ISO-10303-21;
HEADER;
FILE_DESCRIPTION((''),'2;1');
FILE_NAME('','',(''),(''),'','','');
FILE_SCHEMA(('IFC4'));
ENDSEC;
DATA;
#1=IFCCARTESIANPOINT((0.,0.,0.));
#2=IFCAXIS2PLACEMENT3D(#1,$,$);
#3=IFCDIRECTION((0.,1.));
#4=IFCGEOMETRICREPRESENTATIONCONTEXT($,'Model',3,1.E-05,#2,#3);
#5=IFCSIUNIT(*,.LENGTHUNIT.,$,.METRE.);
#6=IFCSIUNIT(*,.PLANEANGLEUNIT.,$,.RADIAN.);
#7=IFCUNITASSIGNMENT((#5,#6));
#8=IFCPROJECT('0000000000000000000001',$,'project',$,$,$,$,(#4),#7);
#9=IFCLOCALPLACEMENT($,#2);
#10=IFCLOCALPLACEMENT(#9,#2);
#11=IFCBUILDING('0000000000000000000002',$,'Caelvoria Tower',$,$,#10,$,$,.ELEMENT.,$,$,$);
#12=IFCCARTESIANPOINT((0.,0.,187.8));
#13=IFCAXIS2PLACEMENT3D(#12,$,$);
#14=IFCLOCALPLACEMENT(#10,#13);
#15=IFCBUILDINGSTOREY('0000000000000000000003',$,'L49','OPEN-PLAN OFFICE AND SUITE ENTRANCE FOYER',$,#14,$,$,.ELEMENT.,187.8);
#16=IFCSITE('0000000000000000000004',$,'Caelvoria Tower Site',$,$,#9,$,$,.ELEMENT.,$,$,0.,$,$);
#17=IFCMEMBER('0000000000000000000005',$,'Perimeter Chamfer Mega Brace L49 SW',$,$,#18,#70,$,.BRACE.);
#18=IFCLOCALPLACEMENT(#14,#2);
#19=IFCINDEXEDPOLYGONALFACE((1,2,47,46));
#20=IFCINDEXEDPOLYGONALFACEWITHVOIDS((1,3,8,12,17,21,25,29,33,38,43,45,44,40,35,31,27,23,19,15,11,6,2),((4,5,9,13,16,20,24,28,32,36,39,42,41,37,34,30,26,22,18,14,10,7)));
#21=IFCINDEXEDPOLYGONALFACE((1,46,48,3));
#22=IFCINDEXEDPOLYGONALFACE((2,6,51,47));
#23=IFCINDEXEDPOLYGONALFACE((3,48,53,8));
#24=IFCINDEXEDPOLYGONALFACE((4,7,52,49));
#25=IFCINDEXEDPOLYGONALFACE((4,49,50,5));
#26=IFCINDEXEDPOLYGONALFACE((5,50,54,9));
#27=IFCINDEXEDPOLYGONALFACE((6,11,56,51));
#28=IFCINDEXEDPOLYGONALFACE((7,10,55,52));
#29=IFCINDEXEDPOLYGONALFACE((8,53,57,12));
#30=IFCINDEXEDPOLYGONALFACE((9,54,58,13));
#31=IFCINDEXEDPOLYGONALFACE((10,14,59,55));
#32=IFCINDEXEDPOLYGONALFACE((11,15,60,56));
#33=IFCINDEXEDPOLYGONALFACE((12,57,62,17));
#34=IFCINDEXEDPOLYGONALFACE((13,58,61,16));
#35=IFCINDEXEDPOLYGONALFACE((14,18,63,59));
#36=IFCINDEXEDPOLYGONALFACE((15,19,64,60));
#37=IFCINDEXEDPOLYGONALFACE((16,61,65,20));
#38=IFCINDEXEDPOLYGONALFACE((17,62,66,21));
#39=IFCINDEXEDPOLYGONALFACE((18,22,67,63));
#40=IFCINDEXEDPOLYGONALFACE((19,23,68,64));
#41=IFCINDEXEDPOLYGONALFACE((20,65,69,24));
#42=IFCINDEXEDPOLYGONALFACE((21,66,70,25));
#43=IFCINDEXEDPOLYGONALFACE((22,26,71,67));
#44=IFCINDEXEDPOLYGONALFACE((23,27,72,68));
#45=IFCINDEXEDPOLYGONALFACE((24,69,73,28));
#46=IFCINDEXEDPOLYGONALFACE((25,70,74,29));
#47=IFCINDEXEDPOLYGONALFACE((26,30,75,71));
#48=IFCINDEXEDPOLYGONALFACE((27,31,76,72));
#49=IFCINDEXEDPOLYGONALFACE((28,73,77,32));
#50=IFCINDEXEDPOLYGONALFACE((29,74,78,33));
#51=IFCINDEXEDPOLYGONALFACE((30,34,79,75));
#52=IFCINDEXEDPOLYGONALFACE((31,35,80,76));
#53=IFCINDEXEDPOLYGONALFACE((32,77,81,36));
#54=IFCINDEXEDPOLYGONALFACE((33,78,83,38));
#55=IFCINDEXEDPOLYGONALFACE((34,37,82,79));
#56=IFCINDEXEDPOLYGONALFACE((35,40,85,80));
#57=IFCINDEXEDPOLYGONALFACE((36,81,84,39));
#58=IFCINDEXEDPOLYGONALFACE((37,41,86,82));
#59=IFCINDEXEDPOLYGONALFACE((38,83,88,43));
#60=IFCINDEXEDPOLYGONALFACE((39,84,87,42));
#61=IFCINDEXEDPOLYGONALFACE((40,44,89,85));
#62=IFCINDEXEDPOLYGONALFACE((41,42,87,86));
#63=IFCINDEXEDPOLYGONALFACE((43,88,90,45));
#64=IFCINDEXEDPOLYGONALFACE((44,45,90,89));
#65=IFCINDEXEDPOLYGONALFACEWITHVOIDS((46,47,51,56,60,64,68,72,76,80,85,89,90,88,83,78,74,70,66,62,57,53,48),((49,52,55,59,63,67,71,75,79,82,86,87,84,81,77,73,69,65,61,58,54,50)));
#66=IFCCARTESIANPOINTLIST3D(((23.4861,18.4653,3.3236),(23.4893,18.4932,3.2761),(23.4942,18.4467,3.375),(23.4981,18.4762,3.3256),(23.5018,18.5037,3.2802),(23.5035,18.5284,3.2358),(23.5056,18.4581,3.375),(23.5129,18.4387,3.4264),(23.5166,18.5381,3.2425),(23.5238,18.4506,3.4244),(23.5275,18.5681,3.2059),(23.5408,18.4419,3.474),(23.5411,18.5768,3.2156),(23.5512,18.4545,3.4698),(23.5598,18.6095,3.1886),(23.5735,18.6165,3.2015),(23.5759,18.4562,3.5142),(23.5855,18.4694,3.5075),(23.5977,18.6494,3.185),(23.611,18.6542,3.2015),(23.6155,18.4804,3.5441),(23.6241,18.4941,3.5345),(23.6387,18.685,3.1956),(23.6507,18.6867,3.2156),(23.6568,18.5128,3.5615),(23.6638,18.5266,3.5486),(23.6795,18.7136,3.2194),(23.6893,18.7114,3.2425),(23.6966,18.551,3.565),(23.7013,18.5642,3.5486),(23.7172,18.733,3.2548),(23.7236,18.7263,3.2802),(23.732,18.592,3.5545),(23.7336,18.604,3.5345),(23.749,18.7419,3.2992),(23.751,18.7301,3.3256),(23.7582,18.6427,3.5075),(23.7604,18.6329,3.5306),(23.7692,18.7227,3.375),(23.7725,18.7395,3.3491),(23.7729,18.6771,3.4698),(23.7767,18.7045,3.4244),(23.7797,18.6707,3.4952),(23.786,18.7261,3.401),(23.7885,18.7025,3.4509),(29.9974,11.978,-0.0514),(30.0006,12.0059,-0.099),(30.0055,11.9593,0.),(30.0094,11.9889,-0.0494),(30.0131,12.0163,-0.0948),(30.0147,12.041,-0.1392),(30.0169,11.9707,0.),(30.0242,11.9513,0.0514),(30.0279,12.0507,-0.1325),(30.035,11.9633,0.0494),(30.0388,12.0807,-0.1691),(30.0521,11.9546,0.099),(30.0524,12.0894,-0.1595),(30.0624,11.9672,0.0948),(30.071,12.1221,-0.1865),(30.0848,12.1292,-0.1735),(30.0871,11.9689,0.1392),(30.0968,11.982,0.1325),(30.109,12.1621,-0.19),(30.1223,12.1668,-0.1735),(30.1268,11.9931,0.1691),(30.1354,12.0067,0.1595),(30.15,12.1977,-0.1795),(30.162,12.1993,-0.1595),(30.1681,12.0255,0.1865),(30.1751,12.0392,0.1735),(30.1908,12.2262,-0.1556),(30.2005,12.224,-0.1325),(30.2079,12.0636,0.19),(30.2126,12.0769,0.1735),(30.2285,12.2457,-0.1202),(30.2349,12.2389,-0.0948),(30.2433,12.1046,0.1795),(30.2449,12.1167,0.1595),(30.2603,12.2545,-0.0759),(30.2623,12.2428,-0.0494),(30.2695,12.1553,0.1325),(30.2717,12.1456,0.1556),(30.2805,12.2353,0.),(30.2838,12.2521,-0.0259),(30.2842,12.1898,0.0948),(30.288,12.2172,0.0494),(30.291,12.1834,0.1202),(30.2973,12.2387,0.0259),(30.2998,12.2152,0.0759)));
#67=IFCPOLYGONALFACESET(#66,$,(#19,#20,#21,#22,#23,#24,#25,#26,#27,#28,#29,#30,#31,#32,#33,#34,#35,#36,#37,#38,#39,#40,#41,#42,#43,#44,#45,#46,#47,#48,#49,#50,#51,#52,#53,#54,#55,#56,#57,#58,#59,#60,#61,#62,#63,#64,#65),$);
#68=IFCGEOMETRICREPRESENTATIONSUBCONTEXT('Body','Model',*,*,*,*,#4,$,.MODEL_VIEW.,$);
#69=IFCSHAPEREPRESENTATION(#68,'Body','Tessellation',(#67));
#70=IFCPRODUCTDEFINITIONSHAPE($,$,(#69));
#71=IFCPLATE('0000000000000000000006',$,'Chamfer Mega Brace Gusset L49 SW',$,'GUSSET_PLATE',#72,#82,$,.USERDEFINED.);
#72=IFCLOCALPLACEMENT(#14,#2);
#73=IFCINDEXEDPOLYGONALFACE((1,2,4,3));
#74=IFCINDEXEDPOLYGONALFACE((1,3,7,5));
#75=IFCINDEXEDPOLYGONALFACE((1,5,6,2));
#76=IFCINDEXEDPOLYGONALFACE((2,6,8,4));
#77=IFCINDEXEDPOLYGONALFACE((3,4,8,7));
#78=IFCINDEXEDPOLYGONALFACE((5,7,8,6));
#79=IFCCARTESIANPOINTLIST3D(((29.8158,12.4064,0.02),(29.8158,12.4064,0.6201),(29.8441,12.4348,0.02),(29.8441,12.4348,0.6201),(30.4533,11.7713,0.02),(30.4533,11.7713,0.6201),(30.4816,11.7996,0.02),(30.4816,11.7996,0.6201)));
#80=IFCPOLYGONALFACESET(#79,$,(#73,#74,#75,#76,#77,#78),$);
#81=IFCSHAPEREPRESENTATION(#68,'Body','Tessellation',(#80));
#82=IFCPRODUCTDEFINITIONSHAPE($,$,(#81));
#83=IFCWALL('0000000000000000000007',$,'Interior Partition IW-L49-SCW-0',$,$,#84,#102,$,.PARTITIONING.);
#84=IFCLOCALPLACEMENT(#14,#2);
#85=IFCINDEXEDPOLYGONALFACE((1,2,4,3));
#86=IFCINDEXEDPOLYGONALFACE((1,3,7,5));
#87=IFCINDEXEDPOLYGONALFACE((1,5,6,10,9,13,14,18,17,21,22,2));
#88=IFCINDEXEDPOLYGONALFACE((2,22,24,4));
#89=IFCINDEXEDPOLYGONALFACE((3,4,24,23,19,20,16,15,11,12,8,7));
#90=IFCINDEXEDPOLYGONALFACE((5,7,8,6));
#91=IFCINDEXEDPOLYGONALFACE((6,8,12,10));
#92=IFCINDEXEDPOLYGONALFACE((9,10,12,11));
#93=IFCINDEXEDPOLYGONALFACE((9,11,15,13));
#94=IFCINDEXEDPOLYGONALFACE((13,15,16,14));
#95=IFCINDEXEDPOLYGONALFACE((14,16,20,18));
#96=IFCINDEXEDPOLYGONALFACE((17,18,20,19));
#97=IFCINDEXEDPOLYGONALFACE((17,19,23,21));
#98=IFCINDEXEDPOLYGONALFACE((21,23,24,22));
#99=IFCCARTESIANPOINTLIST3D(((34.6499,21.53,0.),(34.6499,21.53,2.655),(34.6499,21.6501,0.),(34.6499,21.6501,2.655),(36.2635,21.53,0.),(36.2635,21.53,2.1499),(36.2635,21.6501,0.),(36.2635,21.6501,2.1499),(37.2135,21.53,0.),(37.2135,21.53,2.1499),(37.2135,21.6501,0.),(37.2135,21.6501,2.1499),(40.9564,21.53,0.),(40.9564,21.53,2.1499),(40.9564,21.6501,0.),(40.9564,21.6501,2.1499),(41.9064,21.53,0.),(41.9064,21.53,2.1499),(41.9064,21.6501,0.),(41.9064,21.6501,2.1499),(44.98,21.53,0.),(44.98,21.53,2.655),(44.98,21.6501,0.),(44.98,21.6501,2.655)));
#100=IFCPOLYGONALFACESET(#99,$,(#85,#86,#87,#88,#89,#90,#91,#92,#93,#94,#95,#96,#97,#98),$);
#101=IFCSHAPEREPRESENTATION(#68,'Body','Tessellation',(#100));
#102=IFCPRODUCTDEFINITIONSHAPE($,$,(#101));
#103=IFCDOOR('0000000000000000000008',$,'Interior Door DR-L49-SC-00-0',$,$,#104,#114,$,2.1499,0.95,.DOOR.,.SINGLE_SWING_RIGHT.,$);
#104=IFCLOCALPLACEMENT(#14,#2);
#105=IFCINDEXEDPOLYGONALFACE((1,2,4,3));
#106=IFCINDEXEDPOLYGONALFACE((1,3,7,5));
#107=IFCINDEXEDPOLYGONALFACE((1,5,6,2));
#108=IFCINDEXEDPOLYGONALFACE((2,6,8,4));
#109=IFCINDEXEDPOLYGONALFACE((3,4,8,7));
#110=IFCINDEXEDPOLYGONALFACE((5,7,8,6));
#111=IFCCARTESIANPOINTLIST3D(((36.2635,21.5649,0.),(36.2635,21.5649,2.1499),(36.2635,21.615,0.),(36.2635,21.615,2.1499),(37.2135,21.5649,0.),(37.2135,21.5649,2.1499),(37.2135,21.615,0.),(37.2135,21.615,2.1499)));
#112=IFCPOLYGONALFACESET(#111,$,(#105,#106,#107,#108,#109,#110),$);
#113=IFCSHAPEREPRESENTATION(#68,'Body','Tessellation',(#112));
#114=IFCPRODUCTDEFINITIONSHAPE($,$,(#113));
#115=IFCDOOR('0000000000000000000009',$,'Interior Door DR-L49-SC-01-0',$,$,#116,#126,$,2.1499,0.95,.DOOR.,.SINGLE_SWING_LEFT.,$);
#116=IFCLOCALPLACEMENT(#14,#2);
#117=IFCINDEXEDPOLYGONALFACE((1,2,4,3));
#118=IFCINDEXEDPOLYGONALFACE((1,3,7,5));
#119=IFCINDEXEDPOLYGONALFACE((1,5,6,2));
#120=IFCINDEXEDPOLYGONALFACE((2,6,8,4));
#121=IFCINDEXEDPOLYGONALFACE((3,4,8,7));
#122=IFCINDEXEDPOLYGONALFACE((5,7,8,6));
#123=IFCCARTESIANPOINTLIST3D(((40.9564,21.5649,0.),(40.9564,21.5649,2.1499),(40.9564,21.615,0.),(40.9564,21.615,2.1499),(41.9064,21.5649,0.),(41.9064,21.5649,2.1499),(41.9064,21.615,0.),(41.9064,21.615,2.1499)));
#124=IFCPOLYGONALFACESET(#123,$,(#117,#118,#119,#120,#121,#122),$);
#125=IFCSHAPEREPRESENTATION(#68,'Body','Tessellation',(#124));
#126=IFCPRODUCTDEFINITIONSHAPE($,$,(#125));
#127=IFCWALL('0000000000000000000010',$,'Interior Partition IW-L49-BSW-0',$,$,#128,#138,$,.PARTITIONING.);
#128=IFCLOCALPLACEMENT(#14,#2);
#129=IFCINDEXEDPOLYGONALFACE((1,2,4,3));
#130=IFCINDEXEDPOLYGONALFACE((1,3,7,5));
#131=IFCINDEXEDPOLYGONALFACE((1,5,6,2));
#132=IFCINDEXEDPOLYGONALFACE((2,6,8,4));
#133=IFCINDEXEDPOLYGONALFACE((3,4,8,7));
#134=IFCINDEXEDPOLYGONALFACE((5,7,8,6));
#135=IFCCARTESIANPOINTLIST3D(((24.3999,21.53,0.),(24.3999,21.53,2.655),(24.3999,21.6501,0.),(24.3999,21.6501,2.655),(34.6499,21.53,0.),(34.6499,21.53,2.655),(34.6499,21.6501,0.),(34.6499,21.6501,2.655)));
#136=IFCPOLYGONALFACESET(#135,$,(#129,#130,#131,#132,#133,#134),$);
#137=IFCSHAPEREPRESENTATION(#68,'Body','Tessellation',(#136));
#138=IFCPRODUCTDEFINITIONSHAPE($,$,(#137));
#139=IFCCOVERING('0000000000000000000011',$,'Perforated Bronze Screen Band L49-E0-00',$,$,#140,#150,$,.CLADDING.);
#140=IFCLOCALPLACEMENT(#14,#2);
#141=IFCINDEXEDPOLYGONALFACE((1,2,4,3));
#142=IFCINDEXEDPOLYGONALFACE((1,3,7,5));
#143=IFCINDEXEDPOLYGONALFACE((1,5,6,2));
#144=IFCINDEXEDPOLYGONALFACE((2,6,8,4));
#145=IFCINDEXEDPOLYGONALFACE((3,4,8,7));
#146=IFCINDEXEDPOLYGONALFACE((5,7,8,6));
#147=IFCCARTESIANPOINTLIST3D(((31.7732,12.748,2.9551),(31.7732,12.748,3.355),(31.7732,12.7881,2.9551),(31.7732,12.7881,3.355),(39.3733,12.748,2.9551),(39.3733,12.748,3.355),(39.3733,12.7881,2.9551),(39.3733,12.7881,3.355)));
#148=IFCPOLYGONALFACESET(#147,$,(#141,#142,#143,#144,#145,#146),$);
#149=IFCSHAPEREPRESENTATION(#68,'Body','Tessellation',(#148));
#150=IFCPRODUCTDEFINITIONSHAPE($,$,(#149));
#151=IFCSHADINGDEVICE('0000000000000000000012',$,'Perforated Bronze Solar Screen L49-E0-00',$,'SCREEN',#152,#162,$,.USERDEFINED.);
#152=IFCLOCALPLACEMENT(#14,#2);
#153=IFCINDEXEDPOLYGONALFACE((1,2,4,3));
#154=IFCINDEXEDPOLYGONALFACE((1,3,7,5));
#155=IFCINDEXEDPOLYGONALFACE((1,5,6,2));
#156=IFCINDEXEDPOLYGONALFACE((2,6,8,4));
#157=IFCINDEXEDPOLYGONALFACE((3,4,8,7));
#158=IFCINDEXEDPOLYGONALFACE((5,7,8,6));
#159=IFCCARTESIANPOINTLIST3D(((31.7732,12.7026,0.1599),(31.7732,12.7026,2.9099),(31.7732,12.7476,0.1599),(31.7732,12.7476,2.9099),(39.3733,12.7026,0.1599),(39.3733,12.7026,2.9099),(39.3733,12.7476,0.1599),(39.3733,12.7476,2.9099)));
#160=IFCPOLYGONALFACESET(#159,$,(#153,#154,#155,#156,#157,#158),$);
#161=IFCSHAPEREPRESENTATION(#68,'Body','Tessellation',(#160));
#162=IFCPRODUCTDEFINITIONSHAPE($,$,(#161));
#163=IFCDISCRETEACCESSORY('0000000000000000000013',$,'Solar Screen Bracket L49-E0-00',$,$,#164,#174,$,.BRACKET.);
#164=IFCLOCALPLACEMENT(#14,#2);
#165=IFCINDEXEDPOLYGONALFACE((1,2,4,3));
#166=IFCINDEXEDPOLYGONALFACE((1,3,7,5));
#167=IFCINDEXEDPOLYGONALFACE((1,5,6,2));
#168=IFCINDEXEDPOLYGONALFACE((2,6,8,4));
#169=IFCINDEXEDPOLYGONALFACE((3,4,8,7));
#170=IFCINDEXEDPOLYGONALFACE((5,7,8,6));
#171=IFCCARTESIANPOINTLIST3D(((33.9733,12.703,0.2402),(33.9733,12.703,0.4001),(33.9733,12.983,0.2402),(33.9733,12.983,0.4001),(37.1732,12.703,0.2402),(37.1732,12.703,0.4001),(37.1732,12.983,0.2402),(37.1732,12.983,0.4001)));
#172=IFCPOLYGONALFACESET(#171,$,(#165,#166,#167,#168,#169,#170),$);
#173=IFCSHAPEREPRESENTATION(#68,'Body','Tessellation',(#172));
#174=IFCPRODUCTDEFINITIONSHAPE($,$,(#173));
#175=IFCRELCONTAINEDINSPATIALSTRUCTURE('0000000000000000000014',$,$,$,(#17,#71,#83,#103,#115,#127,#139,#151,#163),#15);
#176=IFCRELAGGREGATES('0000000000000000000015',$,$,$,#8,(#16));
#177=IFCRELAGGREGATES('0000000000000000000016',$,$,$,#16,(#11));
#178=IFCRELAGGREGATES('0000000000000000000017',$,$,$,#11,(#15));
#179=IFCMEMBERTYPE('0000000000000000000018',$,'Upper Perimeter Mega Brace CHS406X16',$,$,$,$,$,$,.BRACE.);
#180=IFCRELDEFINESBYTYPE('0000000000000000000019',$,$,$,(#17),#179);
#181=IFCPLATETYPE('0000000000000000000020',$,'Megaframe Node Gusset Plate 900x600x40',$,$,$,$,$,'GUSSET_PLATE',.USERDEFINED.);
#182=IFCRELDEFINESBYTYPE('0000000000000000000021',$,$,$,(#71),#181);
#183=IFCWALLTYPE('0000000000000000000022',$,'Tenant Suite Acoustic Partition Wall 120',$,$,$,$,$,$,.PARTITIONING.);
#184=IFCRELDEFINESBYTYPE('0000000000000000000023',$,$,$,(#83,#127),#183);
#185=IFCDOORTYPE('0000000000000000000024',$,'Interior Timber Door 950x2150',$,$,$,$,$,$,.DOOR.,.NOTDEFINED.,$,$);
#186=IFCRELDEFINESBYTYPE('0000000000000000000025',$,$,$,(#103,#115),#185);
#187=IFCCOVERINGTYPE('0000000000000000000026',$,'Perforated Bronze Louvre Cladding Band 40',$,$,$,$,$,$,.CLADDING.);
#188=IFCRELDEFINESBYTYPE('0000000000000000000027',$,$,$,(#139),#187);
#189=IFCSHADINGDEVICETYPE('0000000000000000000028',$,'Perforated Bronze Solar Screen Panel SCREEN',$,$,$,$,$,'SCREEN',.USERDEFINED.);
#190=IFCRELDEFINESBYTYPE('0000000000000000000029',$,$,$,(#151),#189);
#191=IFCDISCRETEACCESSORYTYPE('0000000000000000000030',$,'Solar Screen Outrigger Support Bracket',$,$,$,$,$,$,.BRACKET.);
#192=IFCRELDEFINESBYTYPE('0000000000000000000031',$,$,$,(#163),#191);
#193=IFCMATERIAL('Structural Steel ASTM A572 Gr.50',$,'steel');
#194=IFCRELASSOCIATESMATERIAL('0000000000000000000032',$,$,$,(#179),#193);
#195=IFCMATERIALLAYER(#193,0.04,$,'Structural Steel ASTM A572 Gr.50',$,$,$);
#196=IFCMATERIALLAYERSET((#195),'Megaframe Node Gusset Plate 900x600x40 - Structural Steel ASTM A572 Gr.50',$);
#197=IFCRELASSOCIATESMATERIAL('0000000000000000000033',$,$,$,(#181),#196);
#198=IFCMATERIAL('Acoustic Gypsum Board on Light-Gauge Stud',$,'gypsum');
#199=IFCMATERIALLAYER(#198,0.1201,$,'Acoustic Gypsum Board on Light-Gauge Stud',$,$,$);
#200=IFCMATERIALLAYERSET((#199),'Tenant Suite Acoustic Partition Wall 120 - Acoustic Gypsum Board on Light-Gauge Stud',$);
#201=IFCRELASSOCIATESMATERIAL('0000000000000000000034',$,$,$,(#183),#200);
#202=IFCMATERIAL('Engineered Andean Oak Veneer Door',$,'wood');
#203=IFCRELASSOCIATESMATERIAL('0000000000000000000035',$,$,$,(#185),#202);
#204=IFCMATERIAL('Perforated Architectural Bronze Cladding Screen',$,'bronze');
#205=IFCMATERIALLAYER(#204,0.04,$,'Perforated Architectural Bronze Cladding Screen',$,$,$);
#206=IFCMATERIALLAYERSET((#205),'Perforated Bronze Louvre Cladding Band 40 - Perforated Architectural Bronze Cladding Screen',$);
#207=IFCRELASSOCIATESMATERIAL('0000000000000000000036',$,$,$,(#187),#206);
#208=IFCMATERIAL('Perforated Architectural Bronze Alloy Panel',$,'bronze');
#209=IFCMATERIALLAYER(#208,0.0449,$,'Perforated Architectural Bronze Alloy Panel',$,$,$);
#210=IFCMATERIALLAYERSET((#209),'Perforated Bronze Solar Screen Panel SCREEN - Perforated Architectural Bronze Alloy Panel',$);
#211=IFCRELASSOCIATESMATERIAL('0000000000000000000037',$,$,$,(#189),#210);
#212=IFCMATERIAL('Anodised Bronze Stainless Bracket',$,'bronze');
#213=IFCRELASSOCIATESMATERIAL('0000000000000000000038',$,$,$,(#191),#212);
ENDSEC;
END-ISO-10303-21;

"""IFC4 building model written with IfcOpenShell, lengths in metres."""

from ifc_helpers import new_model, si_unit, direction, frame, frame_2d, origin, origin_2d, place, context, subcontext, project, spatial, rectangle, hollow_circle, extrude, material, layer, layer_set, material_profile, profile_set, type_object, element, fill, save


model = new_model("IFC4")

# Units and contexts
model_context = context("Model", 3, precision=1e-05, world=origin(), true_north=direction((0.0, 1.0)))
body_context = subcontext(model_context, "Body", "Model", "MODEL_VIEW")
ifc_project = project(units=[si_unit("LENGTHUNIT", "METRE"), si_unit("PLANEANGLEUNIT", "RADIAN")], contexts=[model_context])

# Site, building, storey
site_placement = place(None, origin())
site = spatial("IfcSite", under=ifc_project, at=site_placement, Name="Caelvoria Tower Site", CompositionType="ELEMENT", RefElevation=0.0)
building_placement = place(site_placement, origin())
building = spatial("IfcBuilding", under=site, at=building_placement, Name="Caelvoria Tower", CompositionType="ELEMENT")
storey_placement = place(building_placement, frame((0.0, 0.0, 187.8)))
storey = spatial("IfcBuildingStorey", under=building, at=storey_placement, Name="L49", Description="OPEN-PLAN OFFICE AND SUITE ENTRANCE FOYER", CompositionType="ELEMENT", Elevation=187.8)

# Member
ifc_material_1 = material(Name="Structural Steel ASTM A572 Gr.50", Category="steel")
ifc_material_profile_1 = material_profile(ifc_material_1, hollow_circle(Radius=0.2029, WallThickness=0.0161, at=origin_2d()), Name="Structural Steel ASTM A572 Gr.50")
ifc_profile_set_1 = profile_set([ifc_material_profile_1], Name="CHS406X16 - Structural Steel ASTM A572 Gr.50")
member_type = type_object("IfcMemberType", Name="Upper Perimeter Mega Brace CHS406X16", PredefinedType="BRACE", material=ifc_profile_set_1)
member_placement = place(storey_placement, frame((30.1487, 12.103, 0.0), z_axis=(-0.664994, 0.66255, 0.34469), x_axis=(-0.705804, -0.708407, 0.0)))
element("IfcMember", 1, at=member_placement, inside=storey, type_object=member_type, Name="Perimeter Chamfer Mega Brace L49 SW", PredefinedType="BRACE", context=body_context, shape_type="SweptSolid", body=[
    extrude(hollow_circle(Radius=0.2029, WallThickness=0.0161, at=origin_2d()), origin(), (0.0, 0.0, 1.0), 9.7915),
])

# Plate
ifc_layer_1 = layer(ifc_material_1, 0.04, Name="Structural Steel ASTM A572 Gr.50")
ifc_layer_set_1 = layer_set([ifc_layer_1], Name="Megaframe Node Gusset Plate 900x600x40 - Structural Steel ASTM A572 Gr.50")
plate_type = type_object("IfcPlateType", Name="Megaframe Node Gusset Plate 900x600x40", ElementType="GUSSET_PLATE", PredefinedType="USERDEFINED", material=ifc_layer_set_1)
plate_placement = place(storey_placement, frame((30.1487, 12.103, 0.02), z_axis=(0.0, 0.0, 1.0), x_axis=(-0.708405, 0.705806, 0.0)))
element("IfcPlate", 2, at=plate_placement, inside=storey, type_object=plate_type, Name="Chamfer Mega Brace Gusset L49 SW", ObjectType="GUSSET_PLATE", PredefinedType="USERDEFINED", context=body_context, shape_type="SweptSolid", body=[
    extrude(rectangle(XDim=0.8999, YDim=0.04, at=origin_2d()), origin(), (0.0, 0.0, 1.0), 0.6001),
])

# Wall, openings, doors
ifc_material_2 = material(Name="Acoustic Gypsum Board on Light-Gauge Stud", Category="gypsum")
ifc_layer_2 = layer(ifc_material_2, 0.1201, Name="Acoustic Gypsum Board on Light-Gauge Stud")
ifc_layer_set_2 = layer_set([ifc_layer_2], Name="Tenant Suite Acoustic Partition Wall 120 - Acoustic Gypsum Board on Light-Gauge Stud")
wall_type = type_object("IfcWallType", Name="Tenant Suite Acoustic Partition Wall 120", PredefinedType="PARTITIONING", material=ifc_layer_set_2)
wall_1_placement = place(storey_placement, frame((34.6499, 21.5901, 0.0), z_axis=(0.0, 0.0, 1.0), x_axis=(1.0, 0.0, 0.0)))
wall_1 = element("IfcWall", 3, at=wall_1_placement, inside=storey, type_object=wall_type, Name="Interior Partition IW-L49-SCW-0", PredefinedType="PARTITIONING", context=body_context, shape_type="SweptSolid", body=[
    extrude(rectangle(XDim=10.3301, YDim=0.1201, at=frame_2d((5.165, 0.0))), origin(), (0.0, 0.0, 1.0), 2.655),
])
opening_1_placement = place(wall_1_placement, frame((1.6135, 0.0, 0.0)))
opening_1 = element("IfcOpeningElement", 4, at=opening_1_placement, cuts=wall_1, PredefinedType="OPENING", context=body_context, shape_type="SweptSolid", body=[
    extrude(rectangle(XDim=0.95, YDim=2.1499, at=frame_2d((0.4751, 1.075))), frame((0.0, 0.0701, 0.0), z_axis=(0.0, -1.0, 0.0), x_axis=(1.0, 0.0, 0.0)), (0.0, 0.0, 1.0), 0.1401),
])
opening_2_placement = place(wall_1_placement, frame((6.3064, 0.0, 0.0)))
opening_2 = element("IfcOpeningElement", 5, at=opening_2_placement, cuts=wall_1, PredefinedType="OPENING", context=body_context, shape_type="SweptSolid", body=[
    extrude(rectangle(XDim=0.95, YDim=2.1499, at=frame_2d((0.4751, 1.075))), frame((0.0, 0.0701, 0.0), z_axis=(0.0, -1.0, 0.0), x_axis=(1.0, 0.0, 0.0)), (0.0, 0.0, 1.0), 0.1401),
])
ifc_material_3 = material(Name="Engineered Andean Oak Veneer Door", Category="wood")
door_type = type_object("IfcDoorType", Name="Interior Timber Door 950x2150", OperationType="NOTDEFINED", PredefinedType="DOOR", material=ifc_material_3)
door_1_placement = place(opening_1_placement, origin())
door_1 = element("IfcDoor", 6, at=door_1_placement, inside=storey, type_object=door_type, Name="Interior Door DR-L49-SC-00-0", OperationType="SINGLE_SWING_RIGHT", OverallHeight=2.1499, OverallWidth=0.95, PredefinedType="DOOR", context=body_context, shape_type="SweptSolid", body=[
    extrude(rectangle(XDim=0.95, YDim=2.1499, at=frame_2d((0.4751, 1.075))), frame((0.0, 0.0249, 0.0), z_axis=(0.0, -1.0, 0.0), x_axis=(1.0, 0.0, 0.0)), (0.0, 0.0, 1.0), 0.05),
])
fill(opening_1, door_1)
door_2_placement = place(opening_2_placement, origin())
door_2 = element("IfcDoor", 7, at=door_2_placement, inside=storey, type_object=door_type, Name="Interior Door DR-L49-SC-01-0", OperationType="SINGLE_SWING_LEFT", OverallHeight=2.1499, OverallWidth=0.95, PredefinedType="DOOR", context=body_context, shape_type="SweptSolid", body=[
    extrude(rectangle(XDim=0.95, YDim=2.1499, at=frame_2d((0.4751, 1.075))), frame((0.0, 0.0249, 0.0), z_axis=(0.0, -1.0, 0.0), x_axis=(1.0, 0.0, 0.0)), (0.0, 0.0, 1.0), 0.05),
])
fill(opening_2, door_2)

# Wall
wall_2_placement = place(storey_placement, frame((34.6499, 21.5901, 0.0), z_axis=(0.0, 0.0, 1.0), x_axis=(-1.0, 0.0, 0.0)))
element("IfcWall", 8, at=wall_2_placement, inside=storey, type_object=wall_type, Name="Interior Partition IW-L49-BSW-0", PredefinedType="PARTITIONING", context=body_context, shape_type="SweptSolid", body=[
    extrude(rectangle(XDim=10.25, YDim=0.1201, at=frame_2d((5.125, 0.0))), origin(), (0.0, 0.0, 1.0), 2.655),
])

# Covering
ifc_material_4 = material(Name="Perforated Architectural Bronze Cladding Screen", Category="bronze")
ifc_layer_3 = layer(ifc_material_4, 0.04, Name="Perforated Architectural Bronze Cladding Screen")
ifc_layer_set_3 = layer_set([ifc_layer_3], Name="Perforated Bronze Louvre Cladding Band 40 - Perforated Architectural Bronze Cladding Screen")
covering_type = type_object("IfcCoveringType", Name="Perforated Bronze Louvre Cladding Band 40", PredefinedType="CLADDING", material=ifc_layer_set_3)
covering_placement = place(storey_placement, frame((35.5732, 12.7681, 2.9551), z_axis=(0.0, 0.0, 1.0), x_axis=(1.0, 0.0, 0.0)))
element("IfcCovering", 9, at=covering_placement, inside=storey, type_object=covering_type, Name="Perforated Bronze Screen Band L49-E0-00", PredefinedType="CLADDING", context=body_context, shape_type="SweptSolid", body=[
    extrude(rectangle(XDim=7.6001, YDim=0.04, at=origin_2d()), origin(), (0.0, 0.0, 1.0), 0.3999),
])

# Shading device
ifc_material_5 = material(Name="Perforated Architectural Bronze Alloy Panel", Category="bronze")
ifc_layer_4 = layer(ifc_material_5, 0.0449, Name="Perforated Architectural Bronze Alloy Panel")
ifc_layer_set_4 = layer_set([ifc_layer_4], Name="Perforated Bronze Solar Screen Panel SCREEN - Perforated Architectural Bronze Alloy Panel")
shading_device_type = type_object("IfcShadingDeviceType", Name="Perforated Bronze Solar Screen Panel SCREEN", ElementType="SCREEN", PredefinedType="USERDEFINED", material=ifc_layer_set_4)
shading_device_placement = place(storey_placement, frame((35.5732, 12.7251, 0.1599), z_axis=(0.0, 0.0, 1.0), x_axis=(1.0, 0.0, 0.0)))
element("IfcShadingDevice", 10, at=shading_device_placement, inside=storey, type_object=shading_device_type, Name="Perforated Bronze Solar Screen L49-E0-00", ObjectType="SCREEN", PredefinedType="USERDEFINED", context=body_context, shape_type="SweptSolid", body=[
    extrude(rectangle(XDim=7.6001, YDim=0.0449, at=origin_2d()), origin(), (0.0, 0.0, 1.0), 2.75),
])

# Discrete accessory
ifc_material_6 = material(Name="Anodised Bronze Stainless Bracket", Category="bronze")
discrete_accessory_type = type_object("IfcDiscreteAccessoryType", Name="Solar Screen Outrigger Support Bracket", PredefinedType="BRACKET", material=ifc_material_6)
for number, where, z_axis, x_axis, name in (
    (11, (35.5732, 12.843, 0.2402), (0.0, 0.0, 1.0), (1.0, 0.0, 0.0), "Solar Screen Bracket L49-E0-00"),
):
    element("IfcDiscreteAccessory", number, at=place(storey_placement, frame(where, z_axis=z_axis, x_axis=x_axis)), inside=storey, type_object=discrete_accessory_type, Name=name, PredefinedType="BRACKET", context=body_context, shape_type="SweptSolid", body=[
        extrude(rectangle(XDim=3.2, YDim=0.28, at=origin_2d()), origin(), (0.0, 0.0, 1.0), 0.1599),
    ])

save(model, "model.ifc")
